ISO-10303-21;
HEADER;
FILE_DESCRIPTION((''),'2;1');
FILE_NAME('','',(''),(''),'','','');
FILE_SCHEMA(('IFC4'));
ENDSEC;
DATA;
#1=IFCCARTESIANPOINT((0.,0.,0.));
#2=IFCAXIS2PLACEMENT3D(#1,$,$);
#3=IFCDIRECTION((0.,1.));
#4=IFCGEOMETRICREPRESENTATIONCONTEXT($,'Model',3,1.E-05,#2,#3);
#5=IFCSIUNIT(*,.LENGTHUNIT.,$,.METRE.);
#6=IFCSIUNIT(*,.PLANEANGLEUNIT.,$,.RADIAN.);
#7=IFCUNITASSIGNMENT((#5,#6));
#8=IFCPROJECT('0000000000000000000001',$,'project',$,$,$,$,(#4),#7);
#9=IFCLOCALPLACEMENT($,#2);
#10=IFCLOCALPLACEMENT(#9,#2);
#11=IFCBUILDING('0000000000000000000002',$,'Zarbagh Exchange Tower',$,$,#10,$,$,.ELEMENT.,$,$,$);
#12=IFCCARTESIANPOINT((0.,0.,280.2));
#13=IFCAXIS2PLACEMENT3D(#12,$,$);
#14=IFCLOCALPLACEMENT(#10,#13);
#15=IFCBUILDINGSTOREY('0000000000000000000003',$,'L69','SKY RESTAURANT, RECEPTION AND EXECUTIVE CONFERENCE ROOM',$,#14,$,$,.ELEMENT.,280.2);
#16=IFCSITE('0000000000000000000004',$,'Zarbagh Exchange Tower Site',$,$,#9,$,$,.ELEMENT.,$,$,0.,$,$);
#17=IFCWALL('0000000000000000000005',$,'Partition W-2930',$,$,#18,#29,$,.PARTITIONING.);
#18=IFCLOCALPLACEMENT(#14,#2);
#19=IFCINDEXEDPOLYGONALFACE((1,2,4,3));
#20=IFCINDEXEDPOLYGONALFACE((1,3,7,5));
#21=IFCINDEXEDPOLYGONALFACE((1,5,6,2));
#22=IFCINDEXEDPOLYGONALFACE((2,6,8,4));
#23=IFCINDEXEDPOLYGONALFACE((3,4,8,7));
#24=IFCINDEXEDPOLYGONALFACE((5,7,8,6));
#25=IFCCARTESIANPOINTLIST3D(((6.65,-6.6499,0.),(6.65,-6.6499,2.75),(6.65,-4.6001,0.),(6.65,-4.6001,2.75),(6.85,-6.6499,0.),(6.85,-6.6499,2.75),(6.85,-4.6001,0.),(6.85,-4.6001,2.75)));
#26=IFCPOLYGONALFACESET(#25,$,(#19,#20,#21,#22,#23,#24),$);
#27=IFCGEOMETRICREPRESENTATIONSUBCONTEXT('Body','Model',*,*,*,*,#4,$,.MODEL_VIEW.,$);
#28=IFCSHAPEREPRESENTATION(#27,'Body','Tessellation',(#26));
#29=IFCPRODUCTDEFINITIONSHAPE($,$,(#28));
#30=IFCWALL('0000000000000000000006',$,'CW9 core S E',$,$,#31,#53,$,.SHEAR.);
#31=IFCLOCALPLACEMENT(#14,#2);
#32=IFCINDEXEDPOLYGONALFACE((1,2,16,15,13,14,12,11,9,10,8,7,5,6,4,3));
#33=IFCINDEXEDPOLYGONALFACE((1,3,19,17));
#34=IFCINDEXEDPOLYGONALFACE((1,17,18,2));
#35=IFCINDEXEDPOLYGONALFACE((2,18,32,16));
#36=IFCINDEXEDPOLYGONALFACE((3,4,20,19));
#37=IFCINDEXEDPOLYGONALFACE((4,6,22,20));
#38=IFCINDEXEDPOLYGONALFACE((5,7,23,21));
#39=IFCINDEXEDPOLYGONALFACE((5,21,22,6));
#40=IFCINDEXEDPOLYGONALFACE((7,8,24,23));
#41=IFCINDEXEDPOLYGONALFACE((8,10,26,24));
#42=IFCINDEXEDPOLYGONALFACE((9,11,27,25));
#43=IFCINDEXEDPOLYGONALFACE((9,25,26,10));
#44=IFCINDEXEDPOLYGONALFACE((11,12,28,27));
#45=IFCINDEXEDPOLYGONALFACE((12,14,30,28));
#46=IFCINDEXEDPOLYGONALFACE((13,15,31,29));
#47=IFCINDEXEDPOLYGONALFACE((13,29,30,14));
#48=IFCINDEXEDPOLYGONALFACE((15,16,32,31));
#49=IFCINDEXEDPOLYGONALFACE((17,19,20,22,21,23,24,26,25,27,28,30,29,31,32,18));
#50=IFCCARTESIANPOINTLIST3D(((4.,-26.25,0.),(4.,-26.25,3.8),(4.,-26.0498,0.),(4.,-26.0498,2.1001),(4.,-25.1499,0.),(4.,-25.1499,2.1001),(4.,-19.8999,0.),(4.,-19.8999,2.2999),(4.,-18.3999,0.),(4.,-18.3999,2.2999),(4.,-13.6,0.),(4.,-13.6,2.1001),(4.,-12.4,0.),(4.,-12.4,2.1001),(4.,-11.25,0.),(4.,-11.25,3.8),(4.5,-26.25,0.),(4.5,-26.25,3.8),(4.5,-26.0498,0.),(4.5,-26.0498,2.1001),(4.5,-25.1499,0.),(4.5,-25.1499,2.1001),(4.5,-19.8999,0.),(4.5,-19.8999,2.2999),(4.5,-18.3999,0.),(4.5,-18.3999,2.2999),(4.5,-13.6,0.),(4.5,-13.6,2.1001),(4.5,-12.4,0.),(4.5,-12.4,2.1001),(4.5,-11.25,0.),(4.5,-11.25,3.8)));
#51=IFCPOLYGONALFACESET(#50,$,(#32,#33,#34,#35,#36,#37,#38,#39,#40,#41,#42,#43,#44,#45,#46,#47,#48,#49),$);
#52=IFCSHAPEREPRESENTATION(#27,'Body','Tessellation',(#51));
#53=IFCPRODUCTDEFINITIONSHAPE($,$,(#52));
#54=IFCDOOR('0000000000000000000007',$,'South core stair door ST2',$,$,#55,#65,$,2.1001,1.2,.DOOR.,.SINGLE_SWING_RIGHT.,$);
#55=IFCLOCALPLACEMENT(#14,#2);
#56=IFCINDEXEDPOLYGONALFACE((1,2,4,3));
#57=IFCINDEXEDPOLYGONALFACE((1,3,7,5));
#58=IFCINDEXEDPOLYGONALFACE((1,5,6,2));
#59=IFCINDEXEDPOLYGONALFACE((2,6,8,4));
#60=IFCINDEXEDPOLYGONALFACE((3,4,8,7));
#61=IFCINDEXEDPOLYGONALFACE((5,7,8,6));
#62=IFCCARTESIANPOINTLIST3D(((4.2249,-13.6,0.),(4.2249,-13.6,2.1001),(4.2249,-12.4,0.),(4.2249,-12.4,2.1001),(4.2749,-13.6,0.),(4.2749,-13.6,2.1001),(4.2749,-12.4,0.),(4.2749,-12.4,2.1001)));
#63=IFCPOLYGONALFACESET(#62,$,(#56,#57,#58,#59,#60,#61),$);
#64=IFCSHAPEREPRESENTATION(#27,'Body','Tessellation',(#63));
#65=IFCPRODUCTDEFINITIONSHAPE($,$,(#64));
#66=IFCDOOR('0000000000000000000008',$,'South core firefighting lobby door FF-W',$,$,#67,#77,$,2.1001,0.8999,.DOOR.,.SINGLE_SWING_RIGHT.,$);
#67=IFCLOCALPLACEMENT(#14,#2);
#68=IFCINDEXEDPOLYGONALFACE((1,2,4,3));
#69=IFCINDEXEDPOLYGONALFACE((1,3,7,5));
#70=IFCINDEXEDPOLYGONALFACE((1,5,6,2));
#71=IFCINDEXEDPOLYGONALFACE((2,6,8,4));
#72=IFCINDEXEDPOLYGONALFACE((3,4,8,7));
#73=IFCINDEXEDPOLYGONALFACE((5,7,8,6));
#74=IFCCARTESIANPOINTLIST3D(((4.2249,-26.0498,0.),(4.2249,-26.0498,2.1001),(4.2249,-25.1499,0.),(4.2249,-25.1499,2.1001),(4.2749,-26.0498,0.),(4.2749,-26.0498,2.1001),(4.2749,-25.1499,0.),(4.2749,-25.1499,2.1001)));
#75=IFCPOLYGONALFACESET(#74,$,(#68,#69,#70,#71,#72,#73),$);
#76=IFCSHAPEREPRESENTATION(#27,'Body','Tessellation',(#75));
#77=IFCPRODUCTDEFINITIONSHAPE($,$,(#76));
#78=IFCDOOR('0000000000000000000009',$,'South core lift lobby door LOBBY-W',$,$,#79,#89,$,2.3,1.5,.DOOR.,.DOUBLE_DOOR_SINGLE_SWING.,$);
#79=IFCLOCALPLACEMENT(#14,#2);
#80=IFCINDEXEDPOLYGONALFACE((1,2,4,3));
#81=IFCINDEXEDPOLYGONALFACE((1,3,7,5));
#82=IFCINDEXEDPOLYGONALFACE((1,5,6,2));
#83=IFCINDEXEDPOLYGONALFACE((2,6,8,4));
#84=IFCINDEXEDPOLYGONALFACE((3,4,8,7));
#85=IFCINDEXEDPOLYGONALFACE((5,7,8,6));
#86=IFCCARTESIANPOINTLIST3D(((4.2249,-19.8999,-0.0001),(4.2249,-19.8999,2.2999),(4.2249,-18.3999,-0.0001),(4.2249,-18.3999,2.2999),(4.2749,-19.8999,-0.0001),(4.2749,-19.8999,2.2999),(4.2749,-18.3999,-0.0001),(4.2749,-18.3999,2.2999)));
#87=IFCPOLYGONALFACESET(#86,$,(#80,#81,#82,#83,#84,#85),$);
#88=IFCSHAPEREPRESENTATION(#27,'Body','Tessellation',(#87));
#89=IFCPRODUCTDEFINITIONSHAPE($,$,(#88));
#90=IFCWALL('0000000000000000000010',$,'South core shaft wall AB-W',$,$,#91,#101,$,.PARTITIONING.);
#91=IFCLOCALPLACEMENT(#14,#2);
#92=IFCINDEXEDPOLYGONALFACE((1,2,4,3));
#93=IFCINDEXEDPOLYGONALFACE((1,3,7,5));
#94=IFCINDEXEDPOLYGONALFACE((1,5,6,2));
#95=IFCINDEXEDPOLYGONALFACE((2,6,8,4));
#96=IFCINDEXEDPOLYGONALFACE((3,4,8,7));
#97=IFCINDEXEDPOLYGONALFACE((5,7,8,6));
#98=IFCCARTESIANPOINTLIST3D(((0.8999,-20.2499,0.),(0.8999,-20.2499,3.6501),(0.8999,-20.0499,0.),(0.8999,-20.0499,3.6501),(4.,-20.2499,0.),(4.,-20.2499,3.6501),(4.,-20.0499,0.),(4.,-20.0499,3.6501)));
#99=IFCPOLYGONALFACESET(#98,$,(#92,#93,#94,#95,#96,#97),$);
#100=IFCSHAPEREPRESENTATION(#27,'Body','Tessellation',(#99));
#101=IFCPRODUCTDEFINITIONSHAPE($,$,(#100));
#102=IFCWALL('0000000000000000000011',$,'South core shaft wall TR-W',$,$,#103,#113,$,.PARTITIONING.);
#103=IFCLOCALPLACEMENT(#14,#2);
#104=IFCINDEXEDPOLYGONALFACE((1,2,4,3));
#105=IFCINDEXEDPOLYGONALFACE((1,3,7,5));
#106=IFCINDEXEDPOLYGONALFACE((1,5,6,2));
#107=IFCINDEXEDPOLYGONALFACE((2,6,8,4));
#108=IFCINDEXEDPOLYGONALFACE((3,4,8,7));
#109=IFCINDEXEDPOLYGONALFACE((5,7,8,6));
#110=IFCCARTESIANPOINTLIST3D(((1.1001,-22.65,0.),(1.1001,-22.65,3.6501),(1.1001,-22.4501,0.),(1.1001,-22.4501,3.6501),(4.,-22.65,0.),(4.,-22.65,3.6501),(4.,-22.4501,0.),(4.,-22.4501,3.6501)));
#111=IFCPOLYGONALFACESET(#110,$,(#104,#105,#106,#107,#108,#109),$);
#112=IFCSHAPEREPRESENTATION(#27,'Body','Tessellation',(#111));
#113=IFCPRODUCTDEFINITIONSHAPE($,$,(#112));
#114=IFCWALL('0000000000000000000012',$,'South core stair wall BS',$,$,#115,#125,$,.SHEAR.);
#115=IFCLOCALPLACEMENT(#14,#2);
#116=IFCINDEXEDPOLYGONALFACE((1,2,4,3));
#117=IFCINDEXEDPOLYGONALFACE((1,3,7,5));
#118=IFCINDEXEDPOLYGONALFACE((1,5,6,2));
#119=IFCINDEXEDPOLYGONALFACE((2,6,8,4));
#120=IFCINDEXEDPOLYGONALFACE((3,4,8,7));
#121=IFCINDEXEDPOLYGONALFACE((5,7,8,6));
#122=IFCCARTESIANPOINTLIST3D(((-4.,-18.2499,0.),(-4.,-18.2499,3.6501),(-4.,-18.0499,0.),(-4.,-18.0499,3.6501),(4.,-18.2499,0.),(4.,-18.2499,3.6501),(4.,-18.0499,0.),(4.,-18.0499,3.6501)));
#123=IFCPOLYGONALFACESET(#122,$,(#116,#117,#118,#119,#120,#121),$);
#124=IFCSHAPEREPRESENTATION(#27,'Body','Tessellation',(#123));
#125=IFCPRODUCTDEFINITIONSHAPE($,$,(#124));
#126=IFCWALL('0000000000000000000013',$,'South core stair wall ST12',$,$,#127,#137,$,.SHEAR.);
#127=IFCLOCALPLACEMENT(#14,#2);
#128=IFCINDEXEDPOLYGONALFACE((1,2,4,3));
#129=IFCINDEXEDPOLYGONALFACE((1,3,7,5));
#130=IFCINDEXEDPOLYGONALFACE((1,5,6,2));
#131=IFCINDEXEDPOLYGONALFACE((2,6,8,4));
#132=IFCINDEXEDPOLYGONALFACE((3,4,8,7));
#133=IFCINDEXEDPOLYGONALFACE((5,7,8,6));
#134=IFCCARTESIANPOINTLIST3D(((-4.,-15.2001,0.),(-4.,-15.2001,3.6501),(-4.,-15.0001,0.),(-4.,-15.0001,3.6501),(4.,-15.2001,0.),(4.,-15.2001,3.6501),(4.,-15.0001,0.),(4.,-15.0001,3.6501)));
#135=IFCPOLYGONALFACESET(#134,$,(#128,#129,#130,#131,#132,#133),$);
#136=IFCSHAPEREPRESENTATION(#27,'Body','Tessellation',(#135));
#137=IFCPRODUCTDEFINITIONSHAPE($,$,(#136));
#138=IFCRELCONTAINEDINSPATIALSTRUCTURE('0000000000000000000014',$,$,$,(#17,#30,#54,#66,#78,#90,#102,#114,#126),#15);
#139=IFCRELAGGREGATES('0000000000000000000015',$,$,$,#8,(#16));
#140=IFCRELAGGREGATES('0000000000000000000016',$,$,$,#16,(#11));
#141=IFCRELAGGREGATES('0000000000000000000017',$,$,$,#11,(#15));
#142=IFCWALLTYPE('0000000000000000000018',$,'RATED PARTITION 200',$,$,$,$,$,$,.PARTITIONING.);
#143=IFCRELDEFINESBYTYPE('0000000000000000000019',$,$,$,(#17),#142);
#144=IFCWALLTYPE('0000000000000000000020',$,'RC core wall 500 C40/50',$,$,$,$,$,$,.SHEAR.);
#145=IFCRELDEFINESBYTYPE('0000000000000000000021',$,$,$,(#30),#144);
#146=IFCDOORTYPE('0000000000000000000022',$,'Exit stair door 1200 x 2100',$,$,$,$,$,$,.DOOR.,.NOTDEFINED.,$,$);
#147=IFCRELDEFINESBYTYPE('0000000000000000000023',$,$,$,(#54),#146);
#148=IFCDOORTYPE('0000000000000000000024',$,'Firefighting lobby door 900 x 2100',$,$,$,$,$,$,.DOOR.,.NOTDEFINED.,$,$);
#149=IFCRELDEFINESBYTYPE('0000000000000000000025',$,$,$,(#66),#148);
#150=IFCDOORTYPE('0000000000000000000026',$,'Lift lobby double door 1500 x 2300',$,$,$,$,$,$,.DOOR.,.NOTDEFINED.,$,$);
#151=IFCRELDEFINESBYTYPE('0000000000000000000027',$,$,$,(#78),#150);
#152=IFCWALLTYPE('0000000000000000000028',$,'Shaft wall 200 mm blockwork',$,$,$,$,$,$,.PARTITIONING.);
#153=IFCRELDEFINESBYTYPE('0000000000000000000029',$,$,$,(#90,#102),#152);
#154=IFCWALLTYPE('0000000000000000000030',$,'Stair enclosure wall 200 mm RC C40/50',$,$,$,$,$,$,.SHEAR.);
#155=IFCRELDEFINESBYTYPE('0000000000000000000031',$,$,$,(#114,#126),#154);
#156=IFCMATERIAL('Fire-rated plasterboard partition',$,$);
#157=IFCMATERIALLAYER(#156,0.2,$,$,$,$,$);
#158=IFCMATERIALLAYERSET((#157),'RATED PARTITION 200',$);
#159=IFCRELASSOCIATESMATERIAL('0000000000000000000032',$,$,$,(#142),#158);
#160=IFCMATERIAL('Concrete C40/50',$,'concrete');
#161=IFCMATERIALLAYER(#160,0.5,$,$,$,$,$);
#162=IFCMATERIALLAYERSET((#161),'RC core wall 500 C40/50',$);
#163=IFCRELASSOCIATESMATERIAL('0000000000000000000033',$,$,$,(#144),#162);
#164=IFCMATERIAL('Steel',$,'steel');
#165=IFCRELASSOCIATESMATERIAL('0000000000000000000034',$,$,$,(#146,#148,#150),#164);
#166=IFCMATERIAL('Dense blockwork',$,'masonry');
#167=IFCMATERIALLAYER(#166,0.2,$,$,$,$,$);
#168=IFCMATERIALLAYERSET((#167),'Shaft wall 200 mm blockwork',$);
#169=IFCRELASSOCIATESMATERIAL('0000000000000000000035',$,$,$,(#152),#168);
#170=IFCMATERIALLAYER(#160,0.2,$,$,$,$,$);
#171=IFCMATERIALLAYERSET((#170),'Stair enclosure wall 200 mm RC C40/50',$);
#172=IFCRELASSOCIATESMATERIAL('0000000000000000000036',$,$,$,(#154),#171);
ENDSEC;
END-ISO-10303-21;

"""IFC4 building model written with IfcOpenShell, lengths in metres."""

from ifc_helpers import new_model, si_unit, direction, frame, frame_2d, origin, place, context, subcontext, project, spatial, rectangle, extrude, material, layer, layer_set, type_object, element, fill, save


model = new_model("IFC4")

# Units and contexts
model_context = context("Model", 3, precision=1e-05, world=origin(), true_north=direction((0.0, 1.0)))
body_context = subcontext(model_context, "Body", "Model", "MODEL_VIEW")
ifc_project = project(units=[si_unit("LENGTHUNIT", "METRE"), si_unit("PLANEANGLEUNIT", "RADIAN")], contexts=[model_context])

# Site, building, storey
site_placement = place(None, origin())
site = spatial("IfcSite", under=ifc_project, at=site_placement, Name="Zarbagh Exchange Tower Site", CompositionType="ELEMENT", RefElevation=0.0)
building_placement = place(site_placement, origin())
building = spatial("IfcBuilding", under=site, at=building_placement, Name="Zarbagh Exchange Tower", CompositionType="ELEMENT")
storey_placement = place(building_placement, frame((0.0, 0.0, 280.2)))
storey = spatial("IfcBuildingStorey", under=building, at=storey_placement, Name="L69", Description="SKY RESTAURANT, RECEPTION AND EXECUTIVE CONFERENCE ROOM", CompositionType="ELEMENT", Elevation=280.2)

# Shared definitions
ifc_material_1 = material(Name="Concrete C40/50", Category="concrete")

# Wall
ifc_material_2 = material(Name="Fire-rated plasterboard partition")
ifc_layer_1 = layer(ifc_material_2, 0.2)
ifc_layer_set_1 = layer_set([ifc_layer_1], Name="RATED PARTITION 200")
wall_type_1 = type_object("IfcWallType", Name="RATED PARTITION 200", PredefinedType="PARTITIONING", material=ifc_layer_set_1)
wall_1_placement = place(storey_placement, frame((6.75, -6.6499, 0.0), z_axis=(0.0, 0.0, 1.0), x_axis=(0.0, 1.0, 0.0)))
element("IfcWall", 1, at=wall_1_placement, inside=storey, type_object=wall_type_1, Name="Partition W-2930", PredefinedType="PARTITIONING", context=body_context, shape_type="SweptSolid", body=[
    extrude(rectangle(XDim=2.0498, YDim=0.2, at=frame_2d((1.0249, 0.0))), origin(), (0.0, 0.0, 1.0), 2.75),
])

# Wall, openings, doors
ifc_layer_2 = layer(ifc_material_1, 0.5)
ifc_layer_set_2 = layer_set([ifc_layer_2], Name="RC core wall 500 C40/50")
wall_type_2 = type_object("IfcWallType", Name="RC core wall 500 C40/50", PredefinedType="SHEAR", material=ifc_layer_set_2)
wall_2_placement = place(storey_placement, frame((4.25, -11.25, 0.0), z_axis=(0.0, 0.0, 1.0), x_axis=(0.0, -1.0, 0.0)))
wall_2 = element("IfcWall", 2, at=wall_2_placement, inside=storey, type_object=wall_type_2, Name="CW9 core S E", PredefinedType="SHEAR", context=body_context, shape_type="SweptSolid", body=[
    extrude(rectangle(XDim=15.0, YDim=0.5, at=frame_2d((7.5, 0.0))), origin(), (0.0, 0.0, 1.0), 3.8),
])
opening_1_placement = place(wall_2_placement, frame((7.1499, 0.0, 0.0)))
opening_1 = element("IfcOpeningElement", 3, at=opening_1_placement, cuts=wall_2, PredefinedType="OPENING", context=body_context, shape_type="SweptSolid", body=[
    extrude(rectangle(XDim=1.5, YDim=2.3, at=frame_2d((0.75, 1.1499))), frame((0.0, 0.26, 0.0), z_axis=(0.0, -1.0, 0.0), x_axis=(1.0, 0.0, 0.0)), (0.0, 0.0, 1.0), 0.52),
])
opening_2_placement = place(wall_2_placement, frame((13.8999, 0.0, 0.0)))
opening_2 = element("IfcOpeningElement", 4, at=opening_2_placement, cuts=wall_2, PredefinedType="OPENING", context=body_context, shape_type="SweptSolid", body=[
    extrude(rectangle(XDim=0.8999, YDim=2.1001, at=frame_2d((0.45, 1.05))), frame((0.0, 0.26, 0.0), z_axis=(0.0, -1.0, 0.0), x_axis=(1.0, 0.0, 0.0)), (0.0, 0.0, 1.0), 0.52),
])
opening_3_placement = place(wall_2_placement, frame((1.1499, 0.0, 0.0)))
opening_3 = element("IfcOpeningElement", 5, at=opening_3_placement, cuts=wall_2, PredefinedType="OPENING", context=body_context, shape_type="SweptSolid", body=[
    extrude(rectangle(XDim=1.2, YDim=2.1001, at=frame_2d((0.6001, 1.05))), frame((0.0, 0.26, 0.0), z_axis=(0.0, -1.0, 0.0), x_axis=(1.0, 0.0, 0.0)), (0.0, 0.0, 1.0), 0.52),
])
ifc_material_3 = material(Name="Steel", Category="steel")
door_type_1 = type_object("IfcDoorType", Name="Exit stair door 1200 x 2100", OperationType="NOTDEFINED", PredefinedType="DOOR", material=ifc_material_3)
door_1_placement = place(opening_3_placement, origin())
door_1 = element("IfcDoor", 6, at=door_1_placement, inside=storey, type_object=door_type_1, Name="South core stair door ST2", OperationType="SINGLE_SWING_RIGHT", OverallHeight=2.1001, OverallWidth=1.2, PredefinedType="DOOR", context=body_context, shape_type="SweptSolid", body=[
    extrude(rectangle(XDim=1.2, YDim=2.1001, at=frame_2d((0.6001, 1.05))), frame((0.0, 0.0249, 0.0), z_axis=(0.0, -1.0, 0.0), x_axis=(1.0, 0.0, 0.0)), (0.0, 0.0, 1.0), 0.05),
])
fill(opening_3, door_1)
door_type_2 = type_object("IfcDoorType", Name="Firefighting lobby door 900 x 2100", OperationType="NOTDEFINED", PredefinedType="DOOR", material=ifc_material_3)
door_2_placement = place(opening_2_placement, origin())
door_2 = element("IfcDoor", 7, at=door_2_placement, inside=storey, type_object=door_type_2, Name="South core firefighting lobby door FF-W", OperationType="SINGLE_SWING_RIGHT", OverallHeight=2.1001, OverallWidth=0.8999, PredefinedType="DOOR", context=body_context, shape_type="SweptSolid", body=[
    extrude(rectangle(XDim=0.8999, YDim=2.1001, at=frame_2d((0.45, 1.05))), frame((0.0, 0.0249, 0.0), z_axis=(0.0, -1.0, 0.0), x_axis=(1.0, 0.0, 0.0)), (0.0, 0.0, 1.0), 0.05),
])
fill(opening_2, door_2)
door_type_3 = type_object("IfcDoorType", Name="Lift lobby double door 1500 x 2300", OperationType="NOTDEFINED", PredefinedType="DOOR", material=ifc_material_3)
door_3_placement = place(opening_1_placement, origin())
door_3 = element("IfcDoor", 8, at=door_3_placement, inside=storey, type_object=door_type_3, Name="South core lift lobby door LOBBY-W", OperationType="DOUBLE_DOOR_SINGLE_SWING", OverallHeight=2.3, OverallWidth=1.5, PredefinedType="DOOR", context=body_context, shape_type="SweptSolid", body=[
    extrude(rectangle(XDim=1.5, YDim=2.3, at=frame_2d((0.75, 1.1499))), frame((0.0, 0.0249, 0.0), z_axis=(0.0, -1.0, 0.0), x_axis=(1.0, 0.0, 0.0)), (0.0, 0.0, 1.0), 0.05),
])
fill(opening_1, door_3)

# Walls
ifc_material_4 = material(Name="Dense blockwork", Category="masonry")
ifc_layer_3 = layer(ifc_material_4, 0.2)
ifc_layer_set_3 = layer_set([ifc_layer_3], Name="Shaft wall 200 mm blockwork")
wall_type_3 = type_object("IfcWallType", Name="Shaft wall 200 mm blockwork", PredefinedType="PARTITIONING", material=ifc_layer_set_3)
wall_3_placement = place(storey_placement, frame((4.0, -20.1499, 0.0), z_axis=(0.0, 0.0, 1.0), x_axis=(-1.0, 0.0, 0.0)))
element("IfcWall", 9, at=wall_3_placement, inside=storey, type_object=wall_type_3, Name="South core shaft wall AB-W", PredefinedType="PARTITIONING", context=body_context, shape_type="SweptSolid", body=[
    extrude(rectangle(XDim=3.1001, YDim=0.2, at=frame_2d((1.55, 0.0))), origin(), (0.0, 0.0, 1.0), 3.6501),
])
wall_4_placement = place(storey_placement, frame((4.0, -22.55, 0.0), z_axis=(0.0, 0.0, 1.0), x_axis=(-1.0, 0.0, 0.0)))
element("IfcWall", 10, at=wall_4_placement, inside=storey, type_object=wall_type_3, Name="South core shaft wall TR-W", PredefinedType="PARTITIONING", context=body_context, shape_type="SweptSolid", body=[
    extrude(rectangle(XDim=2.8999, YDim=0.2, at=frame_2d((1.45, 0.0))), origin(), (0.0, 0.0, 1.0), 3.6501),
])
ifc_layer_4 = layer(ifc_material_1, 0.2)
ifc_layer_set_4 = layer_set([ifc_layer_4], Name="Stair enclosure wall 200 mm RC C40/50")
wall_type_4 = type_object("IfcWallType", Name="Stair enclosure wall 200 mm RC C40/50", PredefinedType="SHEAR", material=ifc_layer_set_4)
for number, where, z_axis, x_axis, name in (
    (11, (4.0, -18.1499, 0.0), (0.0, 0.0, 1.0), (-1.0, 0.0, 0.0), "South core stair wall BS"),
    (12, (4.0, -15.1001, 0.0), (0.0, 0.0, 1.0), (-1.0, 0.0, 0.0), "South core stair wall ST12"),
):
    element("IfcWall", number, at=place(storey_placement, frame(where, z_axis=z_axis, x_axis=x_axis)), inside=storey, type_object=wall_type_4, Name=name, PredefinedType="SHEAR", context=body_context, shape_type="SweptSolid", body=[
        extrude(rectangle(XDim=8.0, YDim=0.2, at=frame_2d((4.0, 0.0))), origin(), (0.0, 0.0, 1.0), 3.6501),
    ])

save(model, "model.ifc")
